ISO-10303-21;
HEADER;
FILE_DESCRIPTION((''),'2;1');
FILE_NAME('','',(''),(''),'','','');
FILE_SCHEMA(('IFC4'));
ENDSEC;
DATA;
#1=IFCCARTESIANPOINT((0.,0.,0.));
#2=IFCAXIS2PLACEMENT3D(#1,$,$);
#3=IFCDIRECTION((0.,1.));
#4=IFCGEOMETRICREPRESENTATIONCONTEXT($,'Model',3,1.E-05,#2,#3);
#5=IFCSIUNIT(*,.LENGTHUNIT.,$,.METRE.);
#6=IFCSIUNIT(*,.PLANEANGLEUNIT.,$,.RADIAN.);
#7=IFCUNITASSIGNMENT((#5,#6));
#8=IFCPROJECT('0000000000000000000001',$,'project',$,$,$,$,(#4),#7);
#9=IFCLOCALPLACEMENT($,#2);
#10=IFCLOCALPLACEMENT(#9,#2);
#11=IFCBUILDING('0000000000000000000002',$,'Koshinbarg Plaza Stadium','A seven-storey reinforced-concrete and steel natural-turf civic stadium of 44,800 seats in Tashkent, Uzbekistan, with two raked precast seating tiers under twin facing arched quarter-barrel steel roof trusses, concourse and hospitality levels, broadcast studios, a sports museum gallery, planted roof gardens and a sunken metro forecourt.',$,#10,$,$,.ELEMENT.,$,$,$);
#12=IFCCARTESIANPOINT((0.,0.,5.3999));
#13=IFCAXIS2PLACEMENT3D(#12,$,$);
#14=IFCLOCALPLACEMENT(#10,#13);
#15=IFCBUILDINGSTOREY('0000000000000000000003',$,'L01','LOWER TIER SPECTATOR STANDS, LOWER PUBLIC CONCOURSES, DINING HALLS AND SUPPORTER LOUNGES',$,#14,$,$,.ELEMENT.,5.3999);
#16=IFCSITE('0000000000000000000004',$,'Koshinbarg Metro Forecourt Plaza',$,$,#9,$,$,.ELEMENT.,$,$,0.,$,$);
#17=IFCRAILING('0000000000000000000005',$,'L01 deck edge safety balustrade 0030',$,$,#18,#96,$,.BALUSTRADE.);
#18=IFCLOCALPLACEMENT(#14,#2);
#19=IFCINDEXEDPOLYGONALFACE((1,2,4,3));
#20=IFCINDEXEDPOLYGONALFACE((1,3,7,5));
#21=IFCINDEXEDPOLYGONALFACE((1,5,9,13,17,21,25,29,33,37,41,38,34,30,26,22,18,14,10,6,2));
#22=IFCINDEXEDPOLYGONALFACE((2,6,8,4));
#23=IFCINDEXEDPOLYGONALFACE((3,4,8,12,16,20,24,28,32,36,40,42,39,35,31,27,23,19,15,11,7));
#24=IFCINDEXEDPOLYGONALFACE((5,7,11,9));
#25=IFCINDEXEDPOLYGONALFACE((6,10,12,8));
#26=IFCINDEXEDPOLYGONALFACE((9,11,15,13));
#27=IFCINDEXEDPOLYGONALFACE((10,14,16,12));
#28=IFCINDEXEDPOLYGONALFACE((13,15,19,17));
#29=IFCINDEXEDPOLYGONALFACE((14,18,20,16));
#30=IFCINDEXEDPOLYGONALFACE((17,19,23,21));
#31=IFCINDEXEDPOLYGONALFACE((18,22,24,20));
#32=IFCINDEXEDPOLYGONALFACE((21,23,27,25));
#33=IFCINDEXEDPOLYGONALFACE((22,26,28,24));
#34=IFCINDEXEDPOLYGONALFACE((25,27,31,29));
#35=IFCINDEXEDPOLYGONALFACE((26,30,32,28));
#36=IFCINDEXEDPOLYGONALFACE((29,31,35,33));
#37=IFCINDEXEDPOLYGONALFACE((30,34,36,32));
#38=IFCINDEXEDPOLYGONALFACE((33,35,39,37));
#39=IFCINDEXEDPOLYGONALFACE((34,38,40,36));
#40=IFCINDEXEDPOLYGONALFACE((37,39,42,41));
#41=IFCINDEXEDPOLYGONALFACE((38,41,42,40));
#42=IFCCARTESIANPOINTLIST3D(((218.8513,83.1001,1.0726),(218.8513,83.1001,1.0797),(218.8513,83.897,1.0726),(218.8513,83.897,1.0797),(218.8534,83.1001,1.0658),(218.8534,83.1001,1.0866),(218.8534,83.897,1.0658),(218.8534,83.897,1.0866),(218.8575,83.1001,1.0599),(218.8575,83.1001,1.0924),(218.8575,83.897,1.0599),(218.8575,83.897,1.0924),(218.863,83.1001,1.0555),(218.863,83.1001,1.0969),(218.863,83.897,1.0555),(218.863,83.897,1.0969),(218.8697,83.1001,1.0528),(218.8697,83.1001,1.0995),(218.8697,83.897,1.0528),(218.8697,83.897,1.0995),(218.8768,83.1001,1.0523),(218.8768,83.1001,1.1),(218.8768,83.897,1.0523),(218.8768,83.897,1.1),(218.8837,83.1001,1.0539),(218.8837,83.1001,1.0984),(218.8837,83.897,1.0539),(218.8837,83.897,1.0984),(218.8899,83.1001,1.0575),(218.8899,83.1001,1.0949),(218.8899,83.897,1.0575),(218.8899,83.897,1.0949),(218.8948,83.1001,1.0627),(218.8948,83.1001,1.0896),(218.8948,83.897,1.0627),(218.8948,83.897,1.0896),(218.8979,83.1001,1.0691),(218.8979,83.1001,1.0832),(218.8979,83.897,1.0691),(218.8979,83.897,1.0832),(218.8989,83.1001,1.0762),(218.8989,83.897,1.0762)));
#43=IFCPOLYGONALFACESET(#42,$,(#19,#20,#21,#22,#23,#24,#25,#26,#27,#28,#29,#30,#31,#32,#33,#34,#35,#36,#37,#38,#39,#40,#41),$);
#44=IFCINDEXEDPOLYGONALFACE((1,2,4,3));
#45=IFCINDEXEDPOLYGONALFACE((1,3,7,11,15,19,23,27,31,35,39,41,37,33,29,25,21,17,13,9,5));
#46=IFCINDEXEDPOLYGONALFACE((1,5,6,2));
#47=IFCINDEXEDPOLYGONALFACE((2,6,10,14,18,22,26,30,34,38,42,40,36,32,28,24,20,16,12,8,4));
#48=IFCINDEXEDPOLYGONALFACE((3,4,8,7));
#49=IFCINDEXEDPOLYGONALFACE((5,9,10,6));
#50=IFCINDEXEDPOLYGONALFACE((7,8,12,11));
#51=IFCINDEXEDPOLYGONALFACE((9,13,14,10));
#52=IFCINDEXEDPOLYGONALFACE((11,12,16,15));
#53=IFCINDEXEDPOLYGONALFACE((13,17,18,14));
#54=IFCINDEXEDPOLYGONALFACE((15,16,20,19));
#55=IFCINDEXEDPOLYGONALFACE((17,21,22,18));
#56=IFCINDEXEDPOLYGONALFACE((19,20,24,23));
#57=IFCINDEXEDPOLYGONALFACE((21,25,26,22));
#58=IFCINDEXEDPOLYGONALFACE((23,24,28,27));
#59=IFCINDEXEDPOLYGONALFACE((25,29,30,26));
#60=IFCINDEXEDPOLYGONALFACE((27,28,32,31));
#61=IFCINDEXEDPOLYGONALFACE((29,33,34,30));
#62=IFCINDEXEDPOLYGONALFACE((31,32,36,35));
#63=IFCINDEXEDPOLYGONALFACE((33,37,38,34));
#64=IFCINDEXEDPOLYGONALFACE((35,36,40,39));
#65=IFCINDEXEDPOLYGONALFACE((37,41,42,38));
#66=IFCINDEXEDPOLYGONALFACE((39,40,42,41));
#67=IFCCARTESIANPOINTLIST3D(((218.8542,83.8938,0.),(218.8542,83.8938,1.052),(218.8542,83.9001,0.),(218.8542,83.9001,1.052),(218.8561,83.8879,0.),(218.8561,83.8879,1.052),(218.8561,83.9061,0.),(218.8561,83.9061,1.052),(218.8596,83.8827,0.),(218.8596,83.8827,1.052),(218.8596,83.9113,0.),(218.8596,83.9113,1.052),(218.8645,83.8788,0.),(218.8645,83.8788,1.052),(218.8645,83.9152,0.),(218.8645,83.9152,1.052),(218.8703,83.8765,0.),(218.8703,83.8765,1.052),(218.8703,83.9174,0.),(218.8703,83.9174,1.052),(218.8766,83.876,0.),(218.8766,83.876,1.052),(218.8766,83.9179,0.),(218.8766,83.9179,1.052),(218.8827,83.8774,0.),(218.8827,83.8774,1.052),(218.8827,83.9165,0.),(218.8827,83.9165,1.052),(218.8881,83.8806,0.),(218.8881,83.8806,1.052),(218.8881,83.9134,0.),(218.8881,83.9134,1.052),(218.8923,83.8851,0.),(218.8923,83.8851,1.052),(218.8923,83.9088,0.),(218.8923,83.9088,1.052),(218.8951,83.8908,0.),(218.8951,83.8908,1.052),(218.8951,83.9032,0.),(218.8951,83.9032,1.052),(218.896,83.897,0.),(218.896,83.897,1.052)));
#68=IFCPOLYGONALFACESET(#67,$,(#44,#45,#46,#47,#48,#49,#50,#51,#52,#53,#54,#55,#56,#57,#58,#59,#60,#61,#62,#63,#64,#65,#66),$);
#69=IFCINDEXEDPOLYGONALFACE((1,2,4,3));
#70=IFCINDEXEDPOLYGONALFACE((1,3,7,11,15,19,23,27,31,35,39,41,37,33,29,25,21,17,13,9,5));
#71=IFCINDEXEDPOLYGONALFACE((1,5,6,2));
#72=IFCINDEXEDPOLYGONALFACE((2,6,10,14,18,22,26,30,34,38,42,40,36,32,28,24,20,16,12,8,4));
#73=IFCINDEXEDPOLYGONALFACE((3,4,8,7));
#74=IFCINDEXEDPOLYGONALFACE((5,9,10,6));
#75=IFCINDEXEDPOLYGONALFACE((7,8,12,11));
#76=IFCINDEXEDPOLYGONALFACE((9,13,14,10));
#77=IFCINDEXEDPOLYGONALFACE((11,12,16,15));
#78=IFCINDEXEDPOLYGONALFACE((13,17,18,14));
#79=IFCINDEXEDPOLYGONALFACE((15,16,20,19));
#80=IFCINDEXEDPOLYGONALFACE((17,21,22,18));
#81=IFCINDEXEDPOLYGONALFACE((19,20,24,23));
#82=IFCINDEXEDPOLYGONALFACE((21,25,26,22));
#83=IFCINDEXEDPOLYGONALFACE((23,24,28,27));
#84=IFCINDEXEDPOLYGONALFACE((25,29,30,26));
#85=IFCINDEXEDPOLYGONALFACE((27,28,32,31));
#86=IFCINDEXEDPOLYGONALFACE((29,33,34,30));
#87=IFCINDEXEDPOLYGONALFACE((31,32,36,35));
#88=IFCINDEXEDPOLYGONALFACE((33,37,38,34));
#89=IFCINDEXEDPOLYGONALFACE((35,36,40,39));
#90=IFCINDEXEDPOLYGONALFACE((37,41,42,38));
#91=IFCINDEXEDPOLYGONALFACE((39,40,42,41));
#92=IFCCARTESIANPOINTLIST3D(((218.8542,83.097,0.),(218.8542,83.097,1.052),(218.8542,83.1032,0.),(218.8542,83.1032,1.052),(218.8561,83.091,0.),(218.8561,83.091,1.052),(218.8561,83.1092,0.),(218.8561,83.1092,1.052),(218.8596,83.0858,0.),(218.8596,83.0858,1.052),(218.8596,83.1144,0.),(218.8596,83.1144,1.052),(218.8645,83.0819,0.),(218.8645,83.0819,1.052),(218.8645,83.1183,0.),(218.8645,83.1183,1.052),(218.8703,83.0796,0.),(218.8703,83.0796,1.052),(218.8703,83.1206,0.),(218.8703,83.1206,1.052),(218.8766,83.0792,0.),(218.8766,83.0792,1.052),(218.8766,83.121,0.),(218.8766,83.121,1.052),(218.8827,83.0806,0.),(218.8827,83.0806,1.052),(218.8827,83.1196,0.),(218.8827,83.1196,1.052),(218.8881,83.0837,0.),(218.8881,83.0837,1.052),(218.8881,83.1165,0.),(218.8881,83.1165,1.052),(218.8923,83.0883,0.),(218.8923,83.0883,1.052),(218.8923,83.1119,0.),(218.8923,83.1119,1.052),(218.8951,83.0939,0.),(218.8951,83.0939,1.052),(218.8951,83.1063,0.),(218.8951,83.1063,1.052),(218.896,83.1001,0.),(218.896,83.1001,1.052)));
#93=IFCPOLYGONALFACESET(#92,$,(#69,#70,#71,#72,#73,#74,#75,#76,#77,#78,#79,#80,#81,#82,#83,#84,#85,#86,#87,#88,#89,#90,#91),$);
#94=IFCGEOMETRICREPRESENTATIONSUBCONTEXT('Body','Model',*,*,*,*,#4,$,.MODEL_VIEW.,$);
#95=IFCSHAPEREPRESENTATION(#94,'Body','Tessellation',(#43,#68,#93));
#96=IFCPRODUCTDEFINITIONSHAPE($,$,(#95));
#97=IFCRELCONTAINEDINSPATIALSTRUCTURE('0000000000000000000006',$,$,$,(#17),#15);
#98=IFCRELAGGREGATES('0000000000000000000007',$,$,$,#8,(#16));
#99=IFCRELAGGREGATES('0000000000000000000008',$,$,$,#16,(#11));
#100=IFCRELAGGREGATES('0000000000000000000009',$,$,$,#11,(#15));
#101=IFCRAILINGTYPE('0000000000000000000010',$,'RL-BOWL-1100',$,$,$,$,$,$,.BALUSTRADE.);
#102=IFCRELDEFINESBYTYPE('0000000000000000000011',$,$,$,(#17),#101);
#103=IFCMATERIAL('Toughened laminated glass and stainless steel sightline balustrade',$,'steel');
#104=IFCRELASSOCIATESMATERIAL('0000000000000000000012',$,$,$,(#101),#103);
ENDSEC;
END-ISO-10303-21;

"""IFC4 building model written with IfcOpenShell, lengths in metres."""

from ifc_helpers import new_model, si_unit, direction, frame, origin, origin_2d, place, context, subcontext, project, spatial, circle, extrude, material, type_object, element, save


model = new_model("IFC4")

# Units and contexts
model_context = context("Model", 3, precision=1e-05, world=origin(), true_north=direction((0.0, 1.0)))
body_context = subcontext(model_context, "Body", "Model", "MODEL_VIEW")
ifc_project = project(units=[si_unit("LENGTHUNIT", "METRE"), si_unit("PLANEANGLEUNIT", "RADIAN")], contexts=[model_context])

# Site, building, storey
site_placement = place(None, origin())
site = spatial("IfcSite", under=ifc_project, at=site_placement, Name="Koshinbarg Metro Forecourt Plaza", CompositionType="ELEMENT", RefElevation=0.0)
building_placement = place(site_placement, origin())
building = spatial("IfcBuilding", under=site, at=building_placement, Name="Koshinbarg Plaza Stadium", Description="A seven-storey reinforced-concrete and steel natural-turf civic stadium of 44,800 seats in Tashkent, Uzbekistan, with two raked precast seating tiers under twin facing arched quarter-barrel steel roof trusses, concourse and hospitality levels, broadcast studios, a sports museum gallery, planted roof gardens and a sunken metro forecourt.", CompositionType="ELEMENT")
storey_placement = place(building_placement, frame((0.0, 0.0, 5.3999)))
storey = spatial("IfcBuildingStorey", under=building, at=storey_placement, Name="L01", Description="LOWER TIER SPECTATOR STANDS, LOWER PUBLIC CONCOURSES, DINING HALLS AND SUPPORTER LOUNGES", CompositionType="ELEMENT", Elevation=5.3999)

# Railing
ifc_material_1 = material(Name="Toughened laminated glass and stainless steel sightline balustrade", Category="steel")
railing_type = type_object("IfcRailingType", Name="RL-BOWL-1100", PredefinedType="BALUSTRADE", material=ifc_material_1)
railing_1_placement = place(storey_placement, frame((218.875, 83.897, 0.0)))
element("IfcRailing", 1, at=railing_1_placement, inside=storey, type_object=railing_type, Name="L01 deck edge safety balustrade 0030", PredefinedType="BALUSTRADE", context=body_context, shape_type="SweptSolid", body=[
    extrude(circle(Radius=0.0239, at=origin_2d()), frame((0.0, 0.0, 1.0762), z_axis=(0.0, -1.0, 0.0), x_axis=(1.0, 0.0, 0.0)), (0.0, 0.0, 1.0), 0.7969),
    extrude(circle(Radius=0.021, at=origin_2d()), origin(), (0.0, 0.0, 1.0), 1.052),
    extrude(circle(Radius=0.021, at=origin_2d()), frame((0.0, -0.7969, 0.0)), (0.0, 0.0, 1.0), 1.052),
])

save(model, "model.ifc")
